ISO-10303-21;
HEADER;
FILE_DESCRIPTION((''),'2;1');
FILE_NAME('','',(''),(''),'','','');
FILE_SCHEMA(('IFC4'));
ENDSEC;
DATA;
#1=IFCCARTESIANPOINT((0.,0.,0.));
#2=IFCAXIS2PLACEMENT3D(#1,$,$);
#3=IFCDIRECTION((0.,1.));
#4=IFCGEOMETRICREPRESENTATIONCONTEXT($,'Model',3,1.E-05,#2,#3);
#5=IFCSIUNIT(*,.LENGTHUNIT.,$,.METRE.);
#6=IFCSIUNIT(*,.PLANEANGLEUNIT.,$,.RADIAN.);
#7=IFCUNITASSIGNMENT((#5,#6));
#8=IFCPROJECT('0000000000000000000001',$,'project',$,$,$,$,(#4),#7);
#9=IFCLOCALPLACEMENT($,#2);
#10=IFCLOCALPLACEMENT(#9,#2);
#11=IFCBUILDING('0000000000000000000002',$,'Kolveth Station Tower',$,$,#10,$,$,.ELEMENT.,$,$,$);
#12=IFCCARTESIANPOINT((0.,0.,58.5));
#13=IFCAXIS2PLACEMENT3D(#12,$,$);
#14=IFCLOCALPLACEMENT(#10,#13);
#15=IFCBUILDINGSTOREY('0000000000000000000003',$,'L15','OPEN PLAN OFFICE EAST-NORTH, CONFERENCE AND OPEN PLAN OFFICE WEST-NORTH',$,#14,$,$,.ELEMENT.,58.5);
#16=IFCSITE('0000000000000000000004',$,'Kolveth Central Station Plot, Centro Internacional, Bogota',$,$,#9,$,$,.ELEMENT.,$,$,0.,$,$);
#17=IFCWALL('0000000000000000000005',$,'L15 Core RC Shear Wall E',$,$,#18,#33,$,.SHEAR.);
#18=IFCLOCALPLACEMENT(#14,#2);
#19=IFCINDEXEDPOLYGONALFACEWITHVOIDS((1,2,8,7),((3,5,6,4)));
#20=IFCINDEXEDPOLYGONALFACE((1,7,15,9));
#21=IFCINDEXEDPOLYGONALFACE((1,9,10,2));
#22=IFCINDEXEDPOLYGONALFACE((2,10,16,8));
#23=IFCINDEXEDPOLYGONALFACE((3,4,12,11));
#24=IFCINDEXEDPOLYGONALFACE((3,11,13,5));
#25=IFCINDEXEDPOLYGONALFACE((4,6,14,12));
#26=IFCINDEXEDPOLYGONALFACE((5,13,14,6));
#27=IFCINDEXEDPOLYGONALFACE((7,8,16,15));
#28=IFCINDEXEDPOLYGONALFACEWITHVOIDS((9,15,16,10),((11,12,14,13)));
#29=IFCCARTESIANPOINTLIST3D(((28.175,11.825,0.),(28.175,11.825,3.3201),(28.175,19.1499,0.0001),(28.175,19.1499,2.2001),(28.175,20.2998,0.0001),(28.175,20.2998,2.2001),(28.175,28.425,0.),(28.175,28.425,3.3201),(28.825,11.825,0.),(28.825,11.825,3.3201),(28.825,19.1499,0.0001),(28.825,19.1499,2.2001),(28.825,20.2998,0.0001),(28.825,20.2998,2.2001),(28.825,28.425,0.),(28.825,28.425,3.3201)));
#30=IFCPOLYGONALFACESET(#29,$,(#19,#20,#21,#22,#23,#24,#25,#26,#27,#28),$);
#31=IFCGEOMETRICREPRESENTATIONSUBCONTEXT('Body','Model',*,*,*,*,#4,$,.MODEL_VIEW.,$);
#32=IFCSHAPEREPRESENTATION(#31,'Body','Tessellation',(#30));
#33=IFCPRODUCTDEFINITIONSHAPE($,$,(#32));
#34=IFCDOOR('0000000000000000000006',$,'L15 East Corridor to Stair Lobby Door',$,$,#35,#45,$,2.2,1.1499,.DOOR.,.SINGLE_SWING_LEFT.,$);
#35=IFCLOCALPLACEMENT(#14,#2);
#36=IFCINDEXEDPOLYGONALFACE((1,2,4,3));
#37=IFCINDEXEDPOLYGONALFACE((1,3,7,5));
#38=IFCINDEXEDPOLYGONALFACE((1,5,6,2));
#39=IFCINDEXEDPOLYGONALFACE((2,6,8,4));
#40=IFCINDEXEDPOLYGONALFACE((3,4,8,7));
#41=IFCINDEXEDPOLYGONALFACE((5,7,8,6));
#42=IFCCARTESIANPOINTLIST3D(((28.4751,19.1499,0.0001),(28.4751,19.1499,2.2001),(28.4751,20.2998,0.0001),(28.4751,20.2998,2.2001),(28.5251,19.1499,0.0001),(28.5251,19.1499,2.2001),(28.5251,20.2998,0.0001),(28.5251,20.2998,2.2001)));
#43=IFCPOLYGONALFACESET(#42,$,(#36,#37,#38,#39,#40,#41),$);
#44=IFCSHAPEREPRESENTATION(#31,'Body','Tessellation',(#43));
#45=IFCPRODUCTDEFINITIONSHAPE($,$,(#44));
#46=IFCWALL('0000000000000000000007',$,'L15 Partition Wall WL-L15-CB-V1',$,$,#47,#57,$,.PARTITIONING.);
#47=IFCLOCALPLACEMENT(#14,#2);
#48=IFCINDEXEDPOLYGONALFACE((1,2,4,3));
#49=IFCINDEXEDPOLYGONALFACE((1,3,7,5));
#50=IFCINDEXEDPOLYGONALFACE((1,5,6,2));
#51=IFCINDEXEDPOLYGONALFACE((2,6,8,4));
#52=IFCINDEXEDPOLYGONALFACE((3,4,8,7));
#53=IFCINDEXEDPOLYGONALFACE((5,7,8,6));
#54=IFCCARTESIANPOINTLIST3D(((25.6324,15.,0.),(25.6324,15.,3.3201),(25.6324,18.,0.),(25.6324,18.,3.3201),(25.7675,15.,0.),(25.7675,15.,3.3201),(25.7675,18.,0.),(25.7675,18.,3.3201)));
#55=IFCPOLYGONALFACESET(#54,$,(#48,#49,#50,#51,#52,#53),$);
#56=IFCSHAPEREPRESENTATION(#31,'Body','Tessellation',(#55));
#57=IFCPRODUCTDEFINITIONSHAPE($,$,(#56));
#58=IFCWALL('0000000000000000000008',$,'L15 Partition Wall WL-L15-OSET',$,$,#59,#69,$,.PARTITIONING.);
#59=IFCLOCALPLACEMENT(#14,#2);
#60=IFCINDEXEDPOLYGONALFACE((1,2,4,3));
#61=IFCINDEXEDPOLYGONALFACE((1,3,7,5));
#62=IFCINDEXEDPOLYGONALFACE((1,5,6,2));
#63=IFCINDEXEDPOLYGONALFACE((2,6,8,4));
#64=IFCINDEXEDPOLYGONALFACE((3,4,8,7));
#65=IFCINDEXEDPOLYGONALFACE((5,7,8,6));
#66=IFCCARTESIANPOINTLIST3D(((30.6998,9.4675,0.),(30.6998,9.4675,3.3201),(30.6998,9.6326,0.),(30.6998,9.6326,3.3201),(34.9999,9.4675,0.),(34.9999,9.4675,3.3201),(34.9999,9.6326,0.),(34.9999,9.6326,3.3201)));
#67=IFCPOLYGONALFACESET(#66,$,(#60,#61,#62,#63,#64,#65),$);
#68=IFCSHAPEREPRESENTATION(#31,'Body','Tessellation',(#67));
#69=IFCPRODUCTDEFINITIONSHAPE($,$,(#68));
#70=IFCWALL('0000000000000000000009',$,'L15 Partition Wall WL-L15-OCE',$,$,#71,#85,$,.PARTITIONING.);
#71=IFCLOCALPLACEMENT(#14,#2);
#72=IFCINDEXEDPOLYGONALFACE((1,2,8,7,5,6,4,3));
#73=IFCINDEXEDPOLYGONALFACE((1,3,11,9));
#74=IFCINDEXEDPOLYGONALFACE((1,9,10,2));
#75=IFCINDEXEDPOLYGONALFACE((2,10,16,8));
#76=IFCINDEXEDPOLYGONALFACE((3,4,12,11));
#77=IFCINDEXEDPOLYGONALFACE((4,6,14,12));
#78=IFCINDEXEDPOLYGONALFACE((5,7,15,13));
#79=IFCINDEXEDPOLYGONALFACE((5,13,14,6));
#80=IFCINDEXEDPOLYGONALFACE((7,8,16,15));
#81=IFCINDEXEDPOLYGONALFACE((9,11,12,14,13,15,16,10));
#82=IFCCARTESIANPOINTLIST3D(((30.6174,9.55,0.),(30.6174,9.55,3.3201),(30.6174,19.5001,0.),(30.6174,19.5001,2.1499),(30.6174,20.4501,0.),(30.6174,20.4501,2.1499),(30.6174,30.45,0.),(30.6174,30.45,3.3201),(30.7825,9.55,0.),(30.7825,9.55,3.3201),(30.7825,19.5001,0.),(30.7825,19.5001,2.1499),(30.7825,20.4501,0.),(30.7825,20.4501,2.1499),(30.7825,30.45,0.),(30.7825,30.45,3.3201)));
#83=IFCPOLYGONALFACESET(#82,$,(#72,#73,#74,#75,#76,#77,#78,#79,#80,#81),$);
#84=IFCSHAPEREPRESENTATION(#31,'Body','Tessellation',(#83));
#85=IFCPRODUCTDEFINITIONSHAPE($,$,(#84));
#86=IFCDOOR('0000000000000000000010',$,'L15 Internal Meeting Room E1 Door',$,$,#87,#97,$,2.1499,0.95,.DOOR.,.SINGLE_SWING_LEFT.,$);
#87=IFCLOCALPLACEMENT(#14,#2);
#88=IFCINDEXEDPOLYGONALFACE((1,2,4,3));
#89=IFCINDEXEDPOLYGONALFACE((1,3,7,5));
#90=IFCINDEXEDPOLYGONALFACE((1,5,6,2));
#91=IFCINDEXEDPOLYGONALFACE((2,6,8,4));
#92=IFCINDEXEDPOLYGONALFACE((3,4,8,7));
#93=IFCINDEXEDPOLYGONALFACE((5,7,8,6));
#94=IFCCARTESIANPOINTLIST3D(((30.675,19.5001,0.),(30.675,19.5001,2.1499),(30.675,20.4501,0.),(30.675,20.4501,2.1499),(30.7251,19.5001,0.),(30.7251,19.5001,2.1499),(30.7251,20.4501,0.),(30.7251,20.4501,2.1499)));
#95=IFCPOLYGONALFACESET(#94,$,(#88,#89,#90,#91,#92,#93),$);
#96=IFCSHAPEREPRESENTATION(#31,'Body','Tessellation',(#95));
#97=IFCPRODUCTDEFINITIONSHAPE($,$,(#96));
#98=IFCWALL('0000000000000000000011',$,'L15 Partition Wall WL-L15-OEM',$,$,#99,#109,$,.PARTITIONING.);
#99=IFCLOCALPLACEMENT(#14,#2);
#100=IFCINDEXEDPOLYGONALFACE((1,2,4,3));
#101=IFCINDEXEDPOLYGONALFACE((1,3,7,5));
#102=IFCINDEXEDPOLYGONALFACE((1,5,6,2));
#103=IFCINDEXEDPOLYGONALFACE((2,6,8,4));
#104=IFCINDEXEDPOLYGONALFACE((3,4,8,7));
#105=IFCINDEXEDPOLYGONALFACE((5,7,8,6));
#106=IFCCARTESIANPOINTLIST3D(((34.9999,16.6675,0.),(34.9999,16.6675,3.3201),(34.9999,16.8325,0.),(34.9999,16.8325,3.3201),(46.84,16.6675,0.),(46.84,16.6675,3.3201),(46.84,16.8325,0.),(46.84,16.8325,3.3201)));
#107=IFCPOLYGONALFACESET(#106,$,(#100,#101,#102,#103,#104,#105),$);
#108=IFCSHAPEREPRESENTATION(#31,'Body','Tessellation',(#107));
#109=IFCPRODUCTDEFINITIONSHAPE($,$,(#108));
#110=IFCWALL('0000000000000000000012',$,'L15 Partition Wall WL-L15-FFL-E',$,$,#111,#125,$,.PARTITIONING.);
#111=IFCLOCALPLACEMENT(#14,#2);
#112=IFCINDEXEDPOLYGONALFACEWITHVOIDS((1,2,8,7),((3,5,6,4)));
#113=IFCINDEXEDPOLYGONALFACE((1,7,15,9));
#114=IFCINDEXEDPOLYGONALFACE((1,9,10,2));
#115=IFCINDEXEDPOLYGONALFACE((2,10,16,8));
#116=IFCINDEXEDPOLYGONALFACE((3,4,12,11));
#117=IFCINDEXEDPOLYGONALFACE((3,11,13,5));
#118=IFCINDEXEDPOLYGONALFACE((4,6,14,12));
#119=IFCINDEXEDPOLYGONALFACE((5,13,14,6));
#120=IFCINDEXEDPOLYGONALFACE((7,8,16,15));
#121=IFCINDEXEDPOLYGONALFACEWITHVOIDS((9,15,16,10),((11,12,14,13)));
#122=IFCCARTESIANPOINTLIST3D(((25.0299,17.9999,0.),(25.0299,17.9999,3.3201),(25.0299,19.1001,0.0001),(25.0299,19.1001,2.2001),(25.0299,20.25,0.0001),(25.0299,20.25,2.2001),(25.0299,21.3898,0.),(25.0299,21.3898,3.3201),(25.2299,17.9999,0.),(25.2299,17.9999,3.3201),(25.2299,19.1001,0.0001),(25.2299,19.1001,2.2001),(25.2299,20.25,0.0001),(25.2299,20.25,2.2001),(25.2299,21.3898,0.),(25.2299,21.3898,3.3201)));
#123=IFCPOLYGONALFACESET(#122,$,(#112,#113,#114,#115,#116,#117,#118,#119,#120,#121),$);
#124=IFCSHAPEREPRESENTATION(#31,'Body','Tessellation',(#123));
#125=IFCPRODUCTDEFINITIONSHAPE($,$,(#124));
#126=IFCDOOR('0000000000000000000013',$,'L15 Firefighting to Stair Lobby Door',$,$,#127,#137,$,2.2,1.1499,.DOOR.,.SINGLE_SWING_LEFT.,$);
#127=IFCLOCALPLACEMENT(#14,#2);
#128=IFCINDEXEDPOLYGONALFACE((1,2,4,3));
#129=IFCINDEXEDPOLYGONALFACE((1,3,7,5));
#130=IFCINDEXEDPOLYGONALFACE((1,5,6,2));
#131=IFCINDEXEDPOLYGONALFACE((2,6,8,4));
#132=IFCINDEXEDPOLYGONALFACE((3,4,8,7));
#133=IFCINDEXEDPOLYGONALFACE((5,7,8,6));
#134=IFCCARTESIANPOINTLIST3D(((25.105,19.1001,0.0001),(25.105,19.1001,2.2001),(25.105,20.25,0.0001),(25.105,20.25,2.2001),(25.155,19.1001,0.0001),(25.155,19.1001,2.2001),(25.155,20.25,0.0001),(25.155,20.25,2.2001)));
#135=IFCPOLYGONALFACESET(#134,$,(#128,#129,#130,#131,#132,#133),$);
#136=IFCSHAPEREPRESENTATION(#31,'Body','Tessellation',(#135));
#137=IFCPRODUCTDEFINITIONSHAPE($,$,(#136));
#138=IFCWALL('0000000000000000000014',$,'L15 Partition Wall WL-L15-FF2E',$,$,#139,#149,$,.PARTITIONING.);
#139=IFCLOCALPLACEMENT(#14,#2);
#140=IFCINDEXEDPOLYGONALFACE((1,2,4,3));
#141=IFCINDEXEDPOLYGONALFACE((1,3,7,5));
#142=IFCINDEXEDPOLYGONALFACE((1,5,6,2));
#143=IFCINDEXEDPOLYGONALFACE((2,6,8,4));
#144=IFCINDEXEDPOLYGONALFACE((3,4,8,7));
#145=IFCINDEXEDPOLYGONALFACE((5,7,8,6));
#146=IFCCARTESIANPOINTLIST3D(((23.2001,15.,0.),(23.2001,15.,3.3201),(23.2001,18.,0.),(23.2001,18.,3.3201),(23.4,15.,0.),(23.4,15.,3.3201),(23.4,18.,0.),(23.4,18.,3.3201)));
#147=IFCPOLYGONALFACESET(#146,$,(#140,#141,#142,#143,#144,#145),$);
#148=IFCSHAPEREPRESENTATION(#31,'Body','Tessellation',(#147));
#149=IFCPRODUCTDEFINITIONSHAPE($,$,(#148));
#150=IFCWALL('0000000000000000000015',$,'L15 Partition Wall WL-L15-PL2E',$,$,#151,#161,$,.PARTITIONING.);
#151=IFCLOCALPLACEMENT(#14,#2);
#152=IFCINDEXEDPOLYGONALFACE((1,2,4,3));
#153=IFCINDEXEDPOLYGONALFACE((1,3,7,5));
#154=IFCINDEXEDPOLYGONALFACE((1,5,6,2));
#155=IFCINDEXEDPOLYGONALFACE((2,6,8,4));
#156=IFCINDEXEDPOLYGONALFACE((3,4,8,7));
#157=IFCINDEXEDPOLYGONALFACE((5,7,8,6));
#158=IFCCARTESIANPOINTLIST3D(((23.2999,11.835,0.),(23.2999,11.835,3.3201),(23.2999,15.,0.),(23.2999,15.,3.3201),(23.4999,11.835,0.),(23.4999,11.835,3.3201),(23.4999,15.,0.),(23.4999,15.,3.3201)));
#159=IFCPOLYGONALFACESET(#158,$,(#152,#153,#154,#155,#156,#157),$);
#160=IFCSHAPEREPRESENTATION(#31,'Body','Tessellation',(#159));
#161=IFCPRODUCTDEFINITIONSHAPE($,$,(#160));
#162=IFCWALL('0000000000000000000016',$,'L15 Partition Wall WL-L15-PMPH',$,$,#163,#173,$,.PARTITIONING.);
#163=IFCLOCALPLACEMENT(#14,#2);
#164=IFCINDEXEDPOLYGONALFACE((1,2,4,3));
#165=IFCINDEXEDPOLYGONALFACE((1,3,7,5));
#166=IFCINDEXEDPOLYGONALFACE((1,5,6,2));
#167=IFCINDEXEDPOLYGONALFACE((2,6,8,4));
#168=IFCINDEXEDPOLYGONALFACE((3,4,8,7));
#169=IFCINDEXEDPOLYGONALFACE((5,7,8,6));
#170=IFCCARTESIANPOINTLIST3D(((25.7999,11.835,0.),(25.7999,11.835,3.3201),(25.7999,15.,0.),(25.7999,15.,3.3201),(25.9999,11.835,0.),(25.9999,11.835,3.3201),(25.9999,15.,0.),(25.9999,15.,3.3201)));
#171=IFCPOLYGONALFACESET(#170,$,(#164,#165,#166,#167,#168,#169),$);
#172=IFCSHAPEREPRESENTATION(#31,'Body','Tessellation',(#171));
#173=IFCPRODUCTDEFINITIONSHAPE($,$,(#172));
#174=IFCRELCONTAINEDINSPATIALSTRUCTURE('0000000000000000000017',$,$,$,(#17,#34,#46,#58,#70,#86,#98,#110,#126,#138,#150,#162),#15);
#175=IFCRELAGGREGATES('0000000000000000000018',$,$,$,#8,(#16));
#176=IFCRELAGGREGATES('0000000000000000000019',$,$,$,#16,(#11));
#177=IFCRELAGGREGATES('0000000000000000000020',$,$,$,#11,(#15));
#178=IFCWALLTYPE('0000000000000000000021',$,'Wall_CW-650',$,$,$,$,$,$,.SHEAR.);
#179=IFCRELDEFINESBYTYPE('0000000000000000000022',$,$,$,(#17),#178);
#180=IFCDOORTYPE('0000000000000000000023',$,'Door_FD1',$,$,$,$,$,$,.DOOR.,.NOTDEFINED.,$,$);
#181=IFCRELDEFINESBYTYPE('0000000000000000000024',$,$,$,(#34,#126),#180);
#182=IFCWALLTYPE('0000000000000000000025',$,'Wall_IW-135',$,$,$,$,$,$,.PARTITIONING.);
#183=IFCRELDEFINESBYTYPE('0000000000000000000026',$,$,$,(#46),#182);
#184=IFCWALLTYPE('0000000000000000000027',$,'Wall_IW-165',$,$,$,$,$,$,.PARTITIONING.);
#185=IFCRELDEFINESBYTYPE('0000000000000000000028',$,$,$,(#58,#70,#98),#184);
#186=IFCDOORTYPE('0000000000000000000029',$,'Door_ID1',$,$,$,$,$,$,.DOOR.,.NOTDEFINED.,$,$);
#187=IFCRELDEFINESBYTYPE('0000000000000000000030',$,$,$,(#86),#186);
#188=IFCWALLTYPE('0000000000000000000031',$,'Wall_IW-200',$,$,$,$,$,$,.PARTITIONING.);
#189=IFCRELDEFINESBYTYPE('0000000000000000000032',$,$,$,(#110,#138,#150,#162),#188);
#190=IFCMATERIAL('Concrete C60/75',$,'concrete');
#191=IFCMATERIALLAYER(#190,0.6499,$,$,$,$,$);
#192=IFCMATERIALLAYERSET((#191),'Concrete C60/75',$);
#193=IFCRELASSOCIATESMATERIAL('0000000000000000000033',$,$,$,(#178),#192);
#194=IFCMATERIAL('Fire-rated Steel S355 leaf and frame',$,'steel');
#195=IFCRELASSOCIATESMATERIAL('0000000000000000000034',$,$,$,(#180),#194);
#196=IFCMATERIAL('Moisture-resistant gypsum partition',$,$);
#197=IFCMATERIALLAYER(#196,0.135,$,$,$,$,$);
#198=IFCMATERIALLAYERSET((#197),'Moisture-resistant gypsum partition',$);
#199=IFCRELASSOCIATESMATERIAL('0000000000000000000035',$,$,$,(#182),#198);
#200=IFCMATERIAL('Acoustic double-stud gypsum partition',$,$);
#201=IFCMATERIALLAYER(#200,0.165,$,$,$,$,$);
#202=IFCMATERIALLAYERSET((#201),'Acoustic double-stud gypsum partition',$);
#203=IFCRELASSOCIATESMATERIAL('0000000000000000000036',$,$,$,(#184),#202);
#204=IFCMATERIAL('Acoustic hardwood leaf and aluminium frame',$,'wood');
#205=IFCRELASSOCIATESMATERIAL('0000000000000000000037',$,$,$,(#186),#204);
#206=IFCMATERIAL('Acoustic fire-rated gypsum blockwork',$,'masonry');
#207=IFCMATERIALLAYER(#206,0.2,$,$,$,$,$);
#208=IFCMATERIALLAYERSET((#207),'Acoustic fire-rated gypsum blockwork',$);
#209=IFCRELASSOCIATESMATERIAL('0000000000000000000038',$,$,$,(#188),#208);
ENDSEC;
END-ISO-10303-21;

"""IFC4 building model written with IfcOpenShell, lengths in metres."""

from ifc_helpers import new_model, si_unit, direction, frame, frame_2d, origin, place, context, subcontext, project, spatial, rectangle, extrude, material, layer, layer_set, type_object, element, fill, save


model = new_model("IFC4")

# Units and contexts
model_context = context("Model", 3, precision=1e-05, world=origin(), true_north=direction((0.0, 1.0)))
body_context = subcontext(model_context, "Body", "Model", "MODEL_VIEW")
ifc_project = project(units=[si_unit("LENGTHUNIT", "METRE"), si_unit("PLANEANGLEUNIT", "RADIAN")], contexts=[model_context])

# Site, building, storey
site_placement = place(None, origin())
site = spatial("IfcSite", under=ifc_project, at=site_placement, Name="Kolveth Central Station Plot, Centro Internacional, Bogota", CompositionType="ELEMENT", RefElevation=0.0)
building_placement = place(site_placement, origin())
building = spatial("IfcBuilding", under=site, at=building_placement, Name="Kolveth Station Tower", CompositionType="ELEMENT")
storey_placement = place(building_placement, frame((0.0, 0.0, 58.5)))
storey = spatial("IfcBuildingStorey", under=building, at=storey_placement, Name="L15", Description="OPEN PLAN OFFICE EAST-NORTH, CONFERENCE AND OPEN PLAN OFFICE WEST-NORTH", CompositionType="ELEMENT", Elevation=58.5)

# Wall, opening, door
ifc_material_1 = material(Name="Concrete C60/75", Category="concrete")
ifc_layer_1 = layer(ifc_material_1, 0.6499)
ifc_layer_set_1 = layer_set([ifc_layer_1], Name="Concrete C60/75")
wall_type_1 = type_object("IfcWallType", Name="Wall_CW-650", PredefinedType="SHEAR", material=ifc_layer_set_1)
wall_1_placement = place(storey_placement, frame((28.5, 11.825, 0.0), z_axis=(0.0, 0.0, 1.0), x_axis=(0.0, 1.0, 0.0)))
wall_1 = element("IfcWall", 1, at=wall_1_placement, inside=storey, type_object=wall_type_1, Name="L15 Core RC Shear Wall E", PredefinedType="SHEAR", context=body_context, shape_type="SweptSolid", body=[
    extrude(rectangle(XDim=16.6001, YDim=0.6499, at=frame_2d((8.3, 0.0))), origin(), (0.0, 0.0, 1.0), 3.3201),
])
opening_1_placement = place(wall_1_placement, frame((7.325, 0.0, 0.0)))
opening_1 = element("IfcOpeningElement", 2, at=opening_1_placement, cuts=wall_1, PredefinedType="OPENING", context=body_context, shape_type="SweptSolid", body=[
    extrude(rectangle(XDim=1.1499, YDim=2.2, at=frame_2d((0.575, 1.1001))), frame((0.0, 0.335, 0.0), z_axis=(0.0, -1.0, 0.0), x_axis=(1.0, 0.0, 0.0)), (0.0, 0.0, 1.0), 0.6699),
])
ifc_material_2 = material(Name="Fire-rated Steel S355 leaf and frame", Category="steel")
door_type_1 = type_object("IfcDoorType", Name="Door_FD1", OperationType="NOTDEFINED", PredefinedType="DOOR", material=ifc_material_2)
door_1_placement = place(opening_1_placement, origin())
door_1 = element("IfcDoor", 3, at=door_1_placement, inside=storey, type_object=door_type_1, Name="L15 East Corridor to Stair Lobby Door", OperationType="SINGLE_SWING_LEFT", OverallHeight=2.2, OverallWidth=1.1499, PredefinedType="DOOR", context=body_context, shape_type="SweptSolid", body=[
    extrude(rectangle(XDim=1.1499, YDim=2.2, at=frame_2d((0.575, 1.1001))), frame((0.0, 0.0249, 0.0), z_axis=(0.0, -1.0, 0.0), x_axis=(1.0, 0.0, 0.0)), (0.0, 0.0, 1.0), 0.05),
])
fill(opening_1, door_1)

# Walls
ifc_material_3 = material(Name="Moisture-resistant gypsum partition")
ifc_layer_2 = layer(ifc_material_3, 0.135)
ifc_layer_set_2 = layer_set([ifc_layer_2], Name="Moisture-resistant gypsum partition")
wall_type_2 = type_object("IfcWallType", Name="Wall_IW-135", PredefinedType="PARTITIONING", material=ifc_layer_set_2)
wall_2_placement = place(storey_placement, frame((25.7, 15.0, 0.0), z_axis=(0.0, 0.0, 1.0), x_axis=(0.0, 1.0, 0.0)))
element("IfcWall", 4, at=wall_2_placement, inside=storey, type_object=wall_type_2, Name="L15 Partition Wall WL-L15-CB-V1", PredefinedType="PARTITIONING", context=body_context, shape_type="SweptSolid", body=[
    extrude(rectangle(XDim=3.0, YDim=0.135, at=frame_2d((1.5, 0.0))), origin(), (0.0, 0.0, 1.0), 3.3201),
])
ifc_material_4 = material(Name="Acoustic double-stud gypsum partition")
ifc_layer_3 = layer(ifc_material_4, 0.165)
ifc_layer_set_3 = layer_set([ifc_layer_3], Name="Acoustic double-stud gypsum partition")
wall_type_3 = type_object("IfcWallType", Name="Wall_IW-165", PredefinedType="PARTITIONING", material=ifc_layer_set_3)
wall_3_placement = place(storey_placement, frame((30.7, 9.55, 0.0), z_axis=(0.0, 0.0, 1.0), x_axis=(1.0, 0.0, 0.0)))
element("IfcWall", 5, at=wall_3_placement, inside=storey, type_object=wall_type_3, Name="L15 Partition Wall WL-L15-OSET", PredefinedType="PARTITIONING", context=body_context, shape_type="SweptSolid", body=[
    extrude(rectangle(XDim=4.3, YDim=0.165, at=frame_2d((2.1499, 0.0))), origin(), (0.0, 0.0, 1.0), 3.3201),
])

# Wall, opening, door
wall_4_placement = place(storey_placement, frame((30.7, 9.55, 0.0), z_axis=(0.0, 0.0, 1.0), x_axis=(0.0, 1.0, 0.0)))
wall_4 = element("IfcWall", 6, at=wall_4_placement, inside=storey, type_object=wall_type_3, Name="L15 Partition Wall WL-L15-OCE", PredefinedType="PARTITIONING", context=body_context, shape_type="SweptSolid", body=[
    extrude(rectangle(XDim=20.8999, YDim=0.165, at=frame_2d((10.45, 0.0))), origin(), (0.0, 0.0, 1.0), 3.3201),
])
opening_2_placement = place(wall_4_placement, frame((9.95, 0.0, 0.0)))
opening_2 = element("IfcOpeningElement", 7, at=opening_2_placement, cuts=wall_4, PredefinedType="OPENING", context=body_context, shape_type="SweptSolid", body=[
    extrude(rectangle(XDim=0.95, YDim=2.1499, at=frame_2d((0.4751, 1.075))), frame((0.0, 0.0925, 0.0), z_axis=(0.0, -1.0, 0.0), x_axis=(1.0, 0.0, 0.0)), (0.0, 0.0, 1.0), 0.1851),
])
ifc_material_5 = material(Name="Acoustic hardwood leaf and aluminium frame", Category="wood")
door_type_2 = type_object("IfcDoorType", Name="Door_ID1", OperationType="NOTDEFINED", PredefinedType="DOOR", material=ifc_material_5)
door_2_placement = place(opening_2_placement, origin())
door_2 = element("IfcDoor", 8, at=door_2_placement, inside=storey, type_object=door_type_2, Name="L15 Internal Meeting Room E1 Door", OperationType="SINGLE_SWING_LEFT", OverallHeight=2.1499, OverallWidth=0.95, PredefinedType="DOOR", context=body_context, shape_type="SweptSolid", body=[
    extrude(rectangle(XDim=0.95, YDim=2.1499, at=frame_2d((0.4751, 1.075))), frame((0.0, 0.0249, 0.0), z_axis=(0.0, -1.0, 0.0), x_axis=(1.0, 0.0, 0.0)), (0.0, 0.0, 1.0), 0.05),
])
fill(opening_2, door_2)

# Wall
wall_5_placement = place(storey_placement, frame((35.0, 16.75, 0.0), z_axis=(0.0, 0.0, 1.0), x_axis=(1.0, 0.0, 0.0)))
element("IfcWall", 9, at=wall_5_placement, inside=storey, type_object=wall_type_3, Name="L15 Partition Wall WL-L15-OEM", PredefinedType="PARTITIONING", context=body_context, shape_type="SweptSolid", body=[
    extrude(rectangle(XDim=11.8401, YDim=0.165, at=frame_2d((5.9199, 0.0))), origin(), (0.0, 0.0, 1.0), 3.3201),
])

# Wall, opening, door
ifc_material_6 = material(Name="Acoustic fire-rated gypsum blockwork", Category="masonry")
ifc_layer_4 = layer(ifc_material_6, 0.2)
ifc_layer_set_4 = layer_set([ifc_layer_4], Name="Acoustic fire-rated gypsum blockwork")
wall_type_4 = type_object("IfcWallType", Name="Wall_IW-200", PredefinedType="PARTITIONING", material=ifc_layer_set_4)
wall_6_placement = place(storey_placement, frame((25.1299, 18.0, 0.0), z_axis=(0.0, 0.0, 1.0), x_axis=(0.0, 1.0, 0.0)))
wall_6 = element("IfcWall", 10, at=wall_6_placement, inside=storey, type_object=wall_type_4, Name="L15 Partition Wall WL-L15-FFL-E", PredefinedType="PARTITIONING", context=body_context, shape_type="SweptSolid", body=[
    extrude(rectangle(XDim=3.3899, YDim=0.2, at=frame_2d((1.6948, 0.0))), origin(), (0.0, 0.0, 1.0), 3.3201),
])
opening_3_placement = place(wall_6_placement, frame((1.1001, 0.0, 0.0)))
opening_3 = element("IfcOpeningElement", 11, at=opening_3_placement, cuts=wall_6, PredefinedType="OPENING", context=body_context, shape_type="SweptSolid", body=[
    extrude(rectangle(XDim=1.1499, YDim=2.2, at=frame_2d((0.575, 1.1001))), frame((0.0, 0.1099, 0.0), z_axis=(0.0, -1.0, 0.0), x_axis=(1.0, 0.0, 0.0)), (0.0, 0.0, 1.0), 0.22),
])
door_3_placement = place(opening_3_placement, origin())
door_3 = element("IfcDoor", 12, at=door_3_placement, inside=storey, type_object=door_type_1, Name="L15 Firefighting to Stair Lobby Door", OperationType="SINGLE_SWING_LEFT", OverallHeight=2.2, OverallWidth=1.1499, PredefinedType="DOOR", context=body_context, shape_type="SweptSolid", body=[
    extrude(rectangle(XDim=1.1499, YDim=2.2, at=frame_2d((0.575, 1.1001))), frame((0.0, 0.0249, 0.0), z_axis=(0.0, -1.0, 0.0), x_axis=(1.0, 0.0, 0.0)), (0.0, 0.0, 1.0), 0.05),
])
fill(opening_3, door_3)

# Walls
wall_7_placement = place(storey_placement, frame((23.3, 15.0, 0.0), z_axis=(0.0, 0.0, 1.0), x_axis=(0.0, 1.0, 0.0)))
element("IfcWall", 13, at=wall_7_placement, inside=storey, type_object=wall_type_4, Name="L15 Partition Wall WL-L15-FF2E", PredefinedType="PARTITIONING", context=body_context, shape_type="SweptSolid", body=[
    extrude(rectangle(XDim=3.0, YDim=0.2, at=frame_2d((1.5, 0.0))), origin(), (0.0, 0.0, 1.0), 3.3201),
])
for number, where, z_axis, x_axis, name in (
    (14, (23.3999, 11.835, 0.0), (0.0, 0.0, 1.0), (0.0, 1.0, 0.0), "L15 Partition Wall WL-L15-PL2E"),
    (15, (25.8999, 11.835, 0.0), (0.0, 0.0, 1.0), (0.0, 1.0, 0.0), "L15 Partition Wall WL-L15-PMPH"),
):
    element("IfcWall", number, at=place(storey_placement, frame(where, z_axis=z_axis, x_axis=x_axis)), inside=storey, type_object=wall_type_4, Name=name, PredefinedType="PARTITIONING", context=body_context, shape_type="SweptSolid", body=[
        extrude(rectangle(XDim=3.165, YDim=0.2, at=frame_2d((1.5825, 0.0))), origin(), (0.0, 0.0, 1.0), 3.3201),
    ])

save(model, "model.ifc")
